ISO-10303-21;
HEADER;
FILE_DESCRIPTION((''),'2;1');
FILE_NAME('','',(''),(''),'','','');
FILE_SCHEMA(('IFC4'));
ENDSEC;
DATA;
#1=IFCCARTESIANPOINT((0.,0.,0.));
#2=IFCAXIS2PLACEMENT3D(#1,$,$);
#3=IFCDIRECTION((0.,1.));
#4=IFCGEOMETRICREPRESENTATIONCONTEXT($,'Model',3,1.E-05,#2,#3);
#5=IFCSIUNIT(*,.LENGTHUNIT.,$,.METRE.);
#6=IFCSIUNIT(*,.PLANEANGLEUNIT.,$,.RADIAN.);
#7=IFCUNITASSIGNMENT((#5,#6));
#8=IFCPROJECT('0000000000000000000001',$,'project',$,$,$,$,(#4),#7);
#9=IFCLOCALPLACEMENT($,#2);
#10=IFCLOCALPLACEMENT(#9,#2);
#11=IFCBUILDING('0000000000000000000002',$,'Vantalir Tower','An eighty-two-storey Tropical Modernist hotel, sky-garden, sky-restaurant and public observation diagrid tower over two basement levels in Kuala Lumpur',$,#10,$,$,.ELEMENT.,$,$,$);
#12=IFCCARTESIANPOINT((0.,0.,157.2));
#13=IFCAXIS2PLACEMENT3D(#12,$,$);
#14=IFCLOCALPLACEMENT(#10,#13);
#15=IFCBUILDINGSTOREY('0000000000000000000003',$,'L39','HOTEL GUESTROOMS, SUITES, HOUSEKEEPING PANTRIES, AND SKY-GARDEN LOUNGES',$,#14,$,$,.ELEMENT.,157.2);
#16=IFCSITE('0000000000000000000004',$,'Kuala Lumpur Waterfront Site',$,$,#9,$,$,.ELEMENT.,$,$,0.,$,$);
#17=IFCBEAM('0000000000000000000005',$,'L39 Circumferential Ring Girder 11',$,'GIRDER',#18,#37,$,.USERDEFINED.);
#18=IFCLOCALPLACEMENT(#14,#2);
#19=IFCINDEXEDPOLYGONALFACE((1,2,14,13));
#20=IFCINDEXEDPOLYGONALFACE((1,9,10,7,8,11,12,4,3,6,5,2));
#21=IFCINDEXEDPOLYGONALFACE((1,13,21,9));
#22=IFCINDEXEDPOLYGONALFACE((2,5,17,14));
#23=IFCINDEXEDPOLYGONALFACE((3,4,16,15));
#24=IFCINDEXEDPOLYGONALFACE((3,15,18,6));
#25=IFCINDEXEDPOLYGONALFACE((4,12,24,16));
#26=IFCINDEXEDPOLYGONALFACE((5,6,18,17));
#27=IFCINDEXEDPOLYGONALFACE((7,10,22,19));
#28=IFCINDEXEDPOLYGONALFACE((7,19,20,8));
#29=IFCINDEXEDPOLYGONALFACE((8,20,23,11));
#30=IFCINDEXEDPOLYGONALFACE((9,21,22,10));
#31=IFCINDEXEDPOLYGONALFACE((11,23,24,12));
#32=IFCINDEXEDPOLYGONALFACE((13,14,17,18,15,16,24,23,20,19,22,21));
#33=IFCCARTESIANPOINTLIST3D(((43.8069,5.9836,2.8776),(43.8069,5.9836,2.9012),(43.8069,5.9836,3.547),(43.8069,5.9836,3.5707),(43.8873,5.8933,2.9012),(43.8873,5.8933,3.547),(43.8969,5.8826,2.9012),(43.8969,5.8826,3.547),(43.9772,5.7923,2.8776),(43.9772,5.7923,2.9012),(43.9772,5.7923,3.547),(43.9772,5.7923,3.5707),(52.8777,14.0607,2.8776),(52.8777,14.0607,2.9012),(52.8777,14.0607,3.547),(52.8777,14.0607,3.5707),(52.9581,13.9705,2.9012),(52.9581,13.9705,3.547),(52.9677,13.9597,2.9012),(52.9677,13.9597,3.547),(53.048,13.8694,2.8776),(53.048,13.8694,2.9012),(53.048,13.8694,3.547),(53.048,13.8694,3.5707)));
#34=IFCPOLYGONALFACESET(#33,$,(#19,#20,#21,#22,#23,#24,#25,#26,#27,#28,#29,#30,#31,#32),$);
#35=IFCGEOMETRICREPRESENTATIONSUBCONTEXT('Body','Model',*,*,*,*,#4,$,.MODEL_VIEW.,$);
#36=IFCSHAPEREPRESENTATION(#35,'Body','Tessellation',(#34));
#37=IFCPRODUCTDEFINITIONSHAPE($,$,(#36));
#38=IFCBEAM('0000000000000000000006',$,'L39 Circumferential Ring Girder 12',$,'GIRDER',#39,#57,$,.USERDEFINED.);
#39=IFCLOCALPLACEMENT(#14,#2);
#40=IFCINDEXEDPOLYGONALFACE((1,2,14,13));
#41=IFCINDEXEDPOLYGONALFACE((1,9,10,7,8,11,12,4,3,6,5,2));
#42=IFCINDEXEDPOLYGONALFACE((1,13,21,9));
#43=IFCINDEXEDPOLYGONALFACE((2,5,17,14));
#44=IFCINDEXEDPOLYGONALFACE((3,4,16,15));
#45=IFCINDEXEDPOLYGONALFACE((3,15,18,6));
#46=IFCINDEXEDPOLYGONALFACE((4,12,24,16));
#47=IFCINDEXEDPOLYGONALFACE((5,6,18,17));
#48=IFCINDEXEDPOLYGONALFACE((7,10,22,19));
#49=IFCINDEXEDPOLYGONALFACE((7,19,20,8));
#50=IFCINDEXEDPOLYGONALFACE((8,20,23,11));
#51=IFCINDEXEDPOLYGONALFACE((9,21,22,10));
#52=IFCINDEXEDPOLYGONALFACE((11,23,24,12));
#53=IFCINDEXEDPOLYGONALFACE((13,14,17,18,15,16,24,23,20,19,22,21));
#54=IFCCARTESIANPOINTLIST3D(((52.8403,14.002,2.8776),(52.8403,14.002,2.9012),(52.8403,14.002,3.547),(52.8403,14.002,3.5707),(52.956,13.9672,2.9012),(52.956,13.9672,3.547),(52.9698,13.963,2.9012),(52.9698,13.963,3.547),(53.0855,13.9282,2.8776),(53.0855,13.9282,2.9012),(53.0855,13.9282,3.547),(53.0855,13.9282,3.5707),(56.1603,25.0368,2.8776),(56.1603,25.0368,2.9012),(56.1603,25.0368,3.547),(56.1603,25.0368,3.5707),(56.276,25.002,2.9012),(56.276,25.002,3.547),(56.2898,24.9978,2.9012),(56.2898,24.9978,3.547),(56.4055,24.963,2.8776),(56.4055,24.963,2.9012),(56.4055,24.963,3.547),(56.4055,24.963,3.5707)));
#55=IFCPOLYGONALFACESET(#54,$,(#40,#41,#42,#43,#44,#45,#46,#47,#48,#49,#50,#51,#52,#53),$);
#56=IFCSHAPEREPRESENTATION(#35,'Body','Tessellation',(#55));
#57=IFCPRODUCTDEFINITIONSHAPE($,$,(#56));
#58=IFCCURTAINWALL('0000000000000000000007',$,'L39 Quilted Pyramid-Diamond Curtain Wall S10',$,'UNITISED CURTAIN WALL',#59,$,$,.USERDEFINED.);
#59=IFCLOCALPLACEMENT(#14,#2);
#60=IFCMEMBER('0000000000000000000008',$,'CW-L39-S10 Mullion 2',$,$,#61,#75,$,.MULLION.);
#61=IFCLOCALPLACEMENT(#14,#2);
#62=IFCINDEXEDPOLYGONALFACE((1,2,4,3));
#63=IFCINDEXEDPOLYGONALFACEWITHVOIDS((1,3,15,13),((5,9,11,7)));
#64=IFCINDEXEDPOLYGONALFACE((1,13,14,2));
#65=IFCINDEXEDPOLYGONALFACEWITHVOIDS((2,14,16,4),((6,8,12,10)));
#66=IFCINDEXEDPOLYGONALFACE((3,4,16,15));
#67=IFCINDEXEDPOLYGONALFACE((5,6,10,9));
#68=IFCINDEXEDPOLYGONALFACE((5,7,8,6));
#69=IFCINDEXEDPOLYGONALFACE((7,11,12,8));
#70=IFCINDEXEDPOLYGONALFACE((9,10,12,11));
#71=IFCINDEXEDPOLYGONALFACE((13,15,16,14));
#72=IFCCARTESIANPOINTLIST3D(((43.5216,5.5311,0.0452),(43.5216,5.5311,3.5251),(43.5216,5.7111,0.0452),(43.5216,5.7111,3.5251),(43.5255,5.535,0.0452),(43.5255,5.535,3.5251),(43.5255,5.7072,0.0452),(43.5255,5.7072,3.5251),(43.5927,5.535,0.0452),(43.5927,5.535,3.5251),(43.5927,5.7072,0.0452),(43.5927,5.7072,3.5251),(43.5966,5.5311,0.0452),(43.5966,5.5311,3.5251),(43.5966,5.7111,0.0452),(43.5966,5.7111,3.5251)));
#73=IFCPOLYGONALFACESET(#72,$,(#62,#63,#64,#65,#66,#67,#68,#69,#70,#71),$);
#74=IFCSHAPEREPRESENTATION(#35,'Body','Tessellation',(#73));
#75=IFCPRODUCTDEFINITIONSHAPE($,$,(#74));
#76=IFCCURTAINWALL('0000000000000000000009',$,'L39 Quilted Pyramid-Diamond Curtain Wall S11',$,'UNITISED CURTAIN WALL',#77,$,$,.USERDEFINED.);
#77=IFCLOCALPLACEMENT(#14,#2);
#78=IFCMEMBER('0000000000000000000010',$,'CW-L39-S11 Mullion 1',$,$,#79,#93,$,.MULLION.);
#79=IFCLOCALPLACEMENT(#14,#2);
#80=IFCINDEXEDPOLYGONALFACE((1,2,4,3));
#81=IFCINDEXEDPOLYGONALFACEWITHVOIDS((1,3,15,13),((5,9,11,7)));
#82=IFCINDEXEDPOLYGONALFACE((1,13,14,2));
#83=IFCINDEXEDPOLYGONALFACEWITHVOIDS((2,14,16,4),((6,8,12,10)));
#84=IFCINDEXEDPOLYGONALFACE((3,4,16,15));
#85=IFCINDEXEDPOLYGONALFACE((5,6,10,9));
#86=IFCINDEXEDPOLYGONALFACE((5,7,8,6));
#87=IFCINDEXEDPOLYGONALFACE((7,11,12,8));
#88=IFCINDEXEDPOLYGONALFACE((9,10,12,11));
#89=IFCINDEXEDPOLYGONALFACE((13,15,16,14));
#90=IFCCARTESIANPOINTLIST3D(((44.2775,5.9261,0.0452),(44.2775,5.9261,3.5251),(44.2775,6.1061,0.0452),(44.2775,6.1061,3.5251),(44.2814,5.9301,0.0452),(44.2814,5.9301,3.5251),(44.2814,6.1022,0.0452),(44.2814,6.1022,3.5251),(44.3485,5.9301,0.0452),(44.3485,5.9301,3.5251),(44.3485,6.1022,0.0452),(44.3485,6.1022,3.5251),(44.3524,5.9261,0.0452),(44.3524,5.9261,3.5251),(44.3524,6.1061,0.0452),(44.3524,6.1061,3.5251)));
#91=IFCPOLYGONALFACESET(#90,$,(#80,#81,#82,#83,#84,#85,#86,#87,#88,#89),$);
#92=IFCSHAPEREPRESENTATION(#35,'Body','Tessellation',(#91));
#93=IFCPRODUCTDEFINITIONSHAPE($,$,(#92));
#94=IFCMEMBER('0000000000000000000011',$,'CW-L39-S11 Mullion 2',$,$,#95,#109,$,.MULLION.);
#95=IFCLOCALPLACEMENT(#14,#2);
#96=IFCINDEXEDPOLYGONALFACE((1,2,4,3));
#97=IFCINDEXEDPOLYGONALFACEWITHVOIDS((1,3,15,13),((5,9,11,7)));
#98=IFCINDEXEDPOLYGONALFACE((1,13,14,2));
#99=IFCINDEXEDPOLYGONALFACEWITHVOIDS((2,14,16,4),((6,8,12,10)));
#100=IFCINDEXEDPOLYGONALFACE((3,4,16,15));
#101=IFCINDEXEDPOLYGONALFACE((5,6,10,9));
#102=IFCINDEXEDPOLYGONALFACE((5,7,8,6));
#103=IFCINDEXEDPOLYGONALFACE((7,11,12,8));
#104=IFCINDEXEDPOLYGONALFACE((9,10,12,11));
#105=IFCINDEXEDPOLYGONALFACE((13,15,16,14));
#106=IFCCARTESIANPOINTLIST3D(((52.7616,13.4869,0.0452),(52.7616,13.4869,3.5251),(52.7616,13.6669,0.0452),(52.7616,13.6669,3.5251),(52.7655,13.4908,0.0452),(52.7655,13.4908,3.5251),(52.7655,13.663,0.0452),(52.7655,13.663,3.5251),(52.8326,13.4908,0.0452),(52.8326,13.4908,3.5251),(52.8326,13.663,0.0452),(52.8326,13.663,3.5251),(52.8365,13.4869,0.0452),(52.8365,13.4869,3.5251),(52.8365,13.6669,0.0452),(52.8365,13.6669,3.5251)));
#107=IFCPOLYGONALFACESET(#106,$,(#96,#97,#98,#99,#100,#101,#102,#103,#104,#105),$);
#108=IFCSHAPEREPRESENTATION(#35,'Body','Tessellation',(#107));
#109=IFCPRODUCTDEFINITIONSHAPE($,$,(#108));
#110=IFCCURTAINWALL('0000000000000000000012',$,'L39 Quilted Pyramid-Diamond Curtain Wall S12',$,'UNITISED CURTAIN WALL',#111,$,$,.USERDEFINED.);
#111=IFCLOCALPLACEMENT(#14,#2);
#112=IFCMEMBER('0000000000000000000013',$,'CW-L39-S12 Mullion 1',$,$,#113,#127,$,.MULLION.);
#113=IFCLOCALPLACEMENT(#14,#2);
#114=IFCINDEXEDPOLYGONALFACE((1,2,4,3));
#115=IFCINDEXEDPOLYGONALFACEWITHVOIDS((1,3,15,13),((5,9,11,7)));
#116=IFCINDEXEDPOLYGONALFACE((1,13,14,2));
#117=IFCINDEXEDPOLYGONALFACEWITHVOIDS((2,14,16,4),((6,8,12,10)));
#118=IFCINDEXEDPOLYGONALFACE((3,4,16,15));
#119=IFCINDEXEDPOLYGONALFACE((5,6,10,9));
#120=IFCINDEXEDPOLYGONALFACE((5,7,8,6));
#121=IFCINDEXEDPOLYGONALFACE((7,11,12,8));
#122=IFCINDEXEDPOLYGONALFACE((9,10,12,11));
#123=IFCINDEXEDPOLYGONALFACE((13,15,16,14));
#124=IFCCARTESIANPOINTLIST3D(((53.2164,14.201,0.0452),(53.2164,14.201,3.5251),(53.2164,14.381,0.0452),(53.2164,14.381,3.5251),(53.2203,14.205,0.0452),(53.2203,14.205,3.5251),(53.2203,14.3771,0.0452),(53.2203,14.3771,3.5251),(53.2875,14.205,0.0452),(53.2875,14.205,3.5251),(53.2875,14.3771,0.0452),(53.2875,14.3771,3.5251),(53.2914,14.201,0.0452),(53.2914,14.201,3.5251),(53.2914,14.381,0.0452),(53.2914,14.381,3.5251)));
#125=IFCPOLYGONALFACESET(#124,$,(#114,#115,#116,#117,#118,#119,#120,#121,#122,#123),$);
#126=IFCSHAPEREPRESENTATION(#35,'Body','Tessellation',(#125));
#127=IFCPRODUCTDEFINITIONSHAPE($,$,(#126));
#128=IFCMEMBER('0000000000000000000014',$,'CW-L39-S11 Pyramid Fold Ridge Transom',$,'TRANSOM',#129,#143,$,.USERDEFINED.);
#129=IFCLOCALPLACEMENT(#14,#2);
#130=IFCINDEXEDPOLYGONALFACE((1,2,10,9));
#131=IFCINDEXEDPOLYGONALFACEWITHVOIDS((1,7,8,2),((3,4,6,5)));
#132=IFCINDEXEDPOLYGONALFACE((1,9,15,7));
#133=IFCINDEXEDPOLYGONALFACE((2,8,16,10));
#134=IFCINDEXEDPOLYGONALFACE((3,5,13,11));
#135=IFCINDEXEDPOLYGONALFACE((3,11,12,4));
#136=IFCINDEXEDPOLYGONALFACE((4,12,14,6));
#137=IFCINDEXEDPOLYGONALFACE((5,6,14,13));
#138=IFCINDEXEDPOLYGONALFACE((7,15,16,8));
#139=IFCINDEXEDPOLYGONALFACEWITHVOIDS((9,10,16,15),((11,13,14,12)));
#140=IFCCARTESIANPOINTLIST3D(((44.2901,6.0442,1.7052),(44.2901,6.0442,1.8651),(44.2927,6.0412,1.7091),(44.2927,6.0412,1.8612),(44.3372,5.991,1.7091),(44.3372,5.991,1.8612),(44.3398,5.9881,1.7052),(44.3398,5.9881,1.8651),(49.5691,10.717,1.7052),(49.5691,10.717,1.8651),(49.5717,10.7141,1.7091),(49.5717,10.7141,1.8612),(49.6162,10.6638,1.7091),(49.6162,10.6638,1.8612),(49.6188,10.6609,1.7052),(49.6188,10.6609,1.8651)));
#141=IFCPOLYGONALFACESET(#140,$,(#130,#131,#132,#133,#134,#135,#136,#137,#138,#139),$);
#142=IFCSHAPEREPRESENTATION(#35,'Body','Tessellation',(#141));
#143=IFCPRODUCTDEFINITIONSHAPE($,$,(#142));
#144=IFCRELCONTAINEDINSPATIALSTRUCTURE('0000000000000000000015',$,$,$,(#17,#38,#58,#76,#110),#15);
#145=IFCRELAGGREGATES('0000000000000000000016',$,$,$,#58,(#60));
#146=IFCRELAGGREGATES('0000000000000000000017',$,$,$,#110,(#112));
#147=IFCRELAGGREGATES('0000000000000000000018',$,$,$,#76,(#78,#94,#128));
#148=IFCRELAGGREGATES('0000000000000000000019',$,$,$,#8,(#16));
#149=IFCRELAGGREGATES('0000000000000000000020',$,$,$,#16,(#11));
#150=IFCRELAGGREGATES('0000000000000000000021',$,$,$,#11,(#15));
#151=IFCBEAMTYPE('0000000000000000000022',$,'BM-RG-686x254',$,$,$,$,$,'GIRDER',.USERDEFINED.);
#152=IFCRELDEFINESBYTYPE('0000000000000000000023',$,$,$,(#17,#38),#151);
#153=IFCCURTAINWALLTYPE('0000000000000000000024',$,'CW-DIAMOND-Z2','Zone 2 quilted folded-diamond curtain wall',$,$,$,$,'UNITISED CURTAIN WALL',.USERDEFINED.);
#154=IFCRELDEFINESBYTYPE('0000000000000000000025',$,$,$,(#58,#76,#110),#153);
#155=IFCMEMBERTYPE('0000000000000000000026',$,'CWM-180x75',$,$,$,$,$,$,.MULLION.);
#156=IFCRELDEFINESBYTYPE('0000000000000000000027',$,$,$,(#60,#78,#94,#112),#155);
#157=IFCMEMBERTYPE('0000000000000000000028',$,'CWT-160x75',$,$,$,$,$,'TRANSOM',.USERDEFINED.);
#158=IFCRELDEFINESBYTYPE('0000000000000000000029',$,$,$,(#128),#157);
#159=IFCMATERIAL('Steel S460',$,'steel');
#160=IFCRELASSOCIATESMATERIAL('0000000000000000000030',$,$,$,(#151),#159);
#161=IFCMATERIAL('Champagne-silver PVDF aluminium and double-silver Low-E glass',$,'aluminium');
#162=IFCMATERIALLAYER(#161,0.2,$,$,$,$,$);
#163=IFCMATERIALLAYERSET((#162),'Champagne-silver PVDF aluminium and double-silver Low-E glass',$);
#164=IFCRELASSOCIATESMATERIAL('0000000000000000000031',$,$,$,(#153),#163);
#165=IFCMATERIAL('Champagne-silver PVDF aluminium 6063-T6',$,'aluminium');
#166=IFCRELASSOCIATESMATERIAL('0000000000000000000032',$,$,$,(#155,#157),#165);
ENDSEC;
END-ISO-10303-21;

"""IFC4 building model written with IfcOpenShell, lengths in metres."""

from ifc_helpers import new_model, si_unit, direction, frame, origin, origin_2d, place, context, subcontext, project, spatial, hollow_rectangle, i_section, extrude, material, layer, layer_set, material_profile, profile_set, type_object, element, aggregate, save


model = new_model("IFC4")

# Units and contexts
model_context = context("Model", 3, precision=1e-05, world=origin(), true_north=direction((0.0, 1.0)))
body_context = subcontext(model_context, "Body", "Model", "MODEL_VIEW")
ifc_project = project(units=[si_unit("LENGTHUNIT", "METRE"), si_unit("PLANEANGLEUNIT", "RADIAN")], contexts=[model_context])

# Site, building, storey
site_placement = place(None, origin())
site = spatial("IfcSite", under=ifc_project, at=site_placement, Name="Kuala Lumpur Waterfront Site", CompositionType="ELEMENT", RefElevation=0.0)
building_placement = place(site_placement, origin())
building = spatial("IfcBuilding", under=site, at=building_placement, Name="Vantalir Tower", Description="An eighty-two-storey Tropical Modernist hotel, sky-garden, sky-restaurant and public observation diagrid tower over two basement levels in Kuala Lumpur", CompositionType="ELEMENT")
storey_placement = place(building_placement, frame((0.0, 0.0, 157.2)))
storey = spatial("IfcBuildingStorey", under=building, at=storey_placement, Name="L39", Description="HOTEL GUESTROOMS, SUITES, HOUSEKEEPING PANTRIES, AND SKY-GARDEN LOUNGES", CompositionType="ELEMENT", Elevation=157.2)

# Shared definitions
ifc_material_1 = material(Name="Steel S460", Category="steel")

# Beams
ifc_material_profile_1 = material_profile(ifc_material_1, i_section(OverallWidth=0.2561, OverallDepth=0.6931, WebThickness=0.0144, FlangeThickness=0.0237, at=origin_2d()), Name="Steel S460")
ifc_profile_set_1 = profile_set([ifc_material_profile_1], Name="Steel S460")
beam_type_1 = type_object("IfcBeamType", Name="BM-RG-686x254", ElementType="GIRDER", PredefinedType="USERDEFINED", material=ifc_profile_set_1)
beam_1_placement = place(storey_placement, frame((43.8921, 5.8879, 3.2241), z_axis=(0.746828, 0.665017, 0.0), x_axis=(-0.665017, 0.746828, 0.0)))
element("IfcBeam", 1, at=beam_1_placement, inside=storey, type_object=beam_type_1, Name="L39 Circumferential Ring Girder 11", ObjectType="GIRDER", PredefinedType="USERDEFINED", context=body_context, shape_type="SweptSolid", body=[
    extrude(i_section(OverallWidth=0.2561, OverallDepth=0.6931, WebThickness=0.0144, FlangeThickness=0.0237, at=origin_2d()), origin(), (0.0, 0.0, 1.0), 12.1458),
])
beam_2_placement = place(storey_placement, frame((52.9629, 13.9651, 3.2241), z_axis=(0.288112, 0.957597, 0.0), x_axis=(-0.957597, 0.288112, 0.0)))
element("IfcBeam", 2, at=beam_2_placement, inside=storey, type_object=beam_type_1, Name="L39 Circumferential Ring Girder 12", ObjectType="GIRDER", PredefinedType="USERDEFINED", context=body_context, shape_type="SweptSolid", body=[
    extrude(i_section(OverallWidth=0.2561, OverallDepth=0.6931, WebThickness=0.0144, FlangeThickness=0.0237, at=origin_2d()), origin(), (0.0, 0.0, 1.0), 11.5234),
])

# Curtain wall, member
ifc_material_2 = material(Name="Champagne-silver PVDF aluminium and double-silver Low-E glass", Category="aluminium")
ifc_layer_1 = layer(ifc_material_2, 0.2)
ifc_layer_set_1 = layer_set([ifc_layer_1], Name="Champagne-silver PVDF aluminium and double-silver Low-E glass")
curtain_wall_type = type_object("IfcCurtainWallType", Name="CW-DIAMOND-Z2", Description="Zone 2 quilted folded-diamond curtain wall", ElementType="UNITISED CURTAIN WALL", PredefinedType="USERDEFINED", material=ifc_layer_set_1)
curtain_wall_1_placement = place(storey_placement, origin())
curtain_wall_1 = element("IfcCurtainWall", 3, at=curtain_wall_1_placement, inside=storey, type_object=curtain_wall_type, Name="L39 Quilted Pyramid-Diamond Curtain Wall S10", ObjectType="UNITISED CURTAIN WALL", PredefinedType="USERDEFINED")
ifc_material_3 = material(Name="Champagne-silver PVDF aluminium 6063-T6", Category="aluminium")
ifc_material_profile_2 = material_profile(ifc_material_3, hollow_rectangle(XDim=0.075, YDim=0.1799, WallThickness=0.0039, at=origin_2d()), Name="Champagne-silver PVDF aluminium 6063-T6")
ifc_profile_set_2 = profile_set([ifc_material_profile_2], Name="Champagne-silver PVDF aluminium 6063-T6")
member_type_1 = type_object("IfcMemberType", Name="CWM-180x75", PredefinedType="MULLION", material=ifc_profile_set_2)
member_1_placement = place(storey_placement, frame((43.5591, 5.6211, 0.0452), z_axis=(0.0, 0.0, 1.0), x_axis=(1.0, 0.0, 0.0)))
member_1 = element("IfcMember", 4, at=member_1_placement, type_object=member_type_1, Name="CW-L39-S10 Mullion 2", PredefinedType="MULLION", context=body_context, shape_type="SweptSolid", body=[
    extrude(hollow_rectangle(XDim=0.075, YDim=0.1799, WallThickness=0.0039, at=origin_2d()), origin(), (0.0, 0.0, 1.0), 3.48),
])
aggregate(curtain_wall_1, [member_1])

# Curtain wall, members
curtain_wall_2_placement = place(storey_placement, origin())
curtain_wall_2 = element("IfcCurtainWall", 5, at=curtain_wall_2_placement, inside=storey, type_object=curtain_wall_type, Name="L39 Quilted Pyramid-Diamond Curtain Wall S11", ObjectType="UNITISED CURTAIN WALL", PredefinedType="USERDEFINED")
member_2_placement = place(storey_placement, frame((44.3149, 6.0161, 0.0452), z_axis=(0.0, 0.0, 1.0), x_axis=(1.0, 0.0, 0.0)))
member_2 = element("IfcMember", 6, at=member_2_placement, type_object=member_type_1, Name="CW-L39-S11 Mullion 1", PredefinedType="MULLION", context=body_context, shape_type="SweptSolid", body=[
    extrude(hollow_rectangle(XDim=0.075, YDim=0.1799, WallThickness=0.0039, at=origin_2d()), origin(), (0.0, 0.0, 1.0), 3.48),
])
member_3_placement = place(storey_placement, frame((52.7991, 13.5769, 0.0452), z_axis=(0.0, 0.0, 1.0), x_axis=(1.0, 0.0, 0.0)))
member_3 = element("IfcMember", 7, at=member_3_placement, type_object=member_type_1, Name="CW-L39-S11 Mullion 2", PredefinedType="MULLION", context=body_context, shape_type="SweptSolid", body=[
    extrude(hollow_rectangle(XDim=0.075, YDim=0.1799, WallThickness=0.0039, at=origin_2d()), origin(), (0.0, 0.0, 1.0), 3.48),
])

# Curtain wall, member
curtain_wall_3_placement = place(storey_placement, origin())
curtain_wall_3 = element("IfcCurtainWall", 8, at=curtain_wall_3_placement, inside=storey, type_object=curtain_wall_type, Name="L39 Quilted Pyramid-Diamond Curtain Wall S12", ObjectType="UNITISED CURTAIN WALL", PredefinedType="USERDEFINED")
member_4_placement = place(storey_placement, frame((53.2539, 14.291, 0.0452), z_axis=(0.0, 0.0, 1.0), x_axis=(1.0, 0.0, 0.0)))
member_4 = element("IfcMember", 9, at=member_4_placement, type_object=member_type_1, Name="CW-L39-S12 Mullion 1", PredefinedType="MULLION", context=body_context, shape_type="SweptSolid", body=[
    extrude(hollow_rectangle(XDim=0.075, YDim=0.1799, WallThickness=0.0039, at=origin_2d()), origin(), (0.0, 0.0, 1.0), 3.48),
])
aggregate(curtain_wall_3, [member_4])

# Member
ifc_material_profile_3 = material_profile(ifc_material_3, hollow_rectangle(XDim=0.075, YDim=0.1599, WallThickness=0.0039, at=origin_2d()), Name="Champagne-silver PVDF aluminium 6063-T6")
ifc_profile_set_3 = profile_set([ifc_material_profile_3], Name="Champagne-silver PVDF aluminium 6063-T6")
member_type_2 = type_object("IfcMemberType", Name="CWT-160x75", ElementType="TRANSOM", PredefinedType="USERDEFINED", material=ifc_profile_set_3)
member_5_placement = place(storey_placement, frame((44.3149, 6.0161, 1.7852), z_axis=(0.748791, 0.662806, 0.0), x_axis=(-0.662806, 0.748791, 0.0)))
member_5 = element("IfcMember", 10, at=member_5_placement, type_object=member_type_2, Name="CW-L39-S11 Pyramid Fold Ridge Transom", ObjectType="TRANSOM", PredefinedType="USERDEFINED", context=body_context, shape_type="SweptSolid", body=[
    extrude(hollow_rectangle(XDim=0.075, YDim=0.1599, WallThickness=0.0039, at=origin_2d()), origin(), (0.0, 0.0, 1.0), 7.05),
])

aggregate(curtain_wall_2, [member_2, member_3, member_5])

save(model, "model.ifc")
